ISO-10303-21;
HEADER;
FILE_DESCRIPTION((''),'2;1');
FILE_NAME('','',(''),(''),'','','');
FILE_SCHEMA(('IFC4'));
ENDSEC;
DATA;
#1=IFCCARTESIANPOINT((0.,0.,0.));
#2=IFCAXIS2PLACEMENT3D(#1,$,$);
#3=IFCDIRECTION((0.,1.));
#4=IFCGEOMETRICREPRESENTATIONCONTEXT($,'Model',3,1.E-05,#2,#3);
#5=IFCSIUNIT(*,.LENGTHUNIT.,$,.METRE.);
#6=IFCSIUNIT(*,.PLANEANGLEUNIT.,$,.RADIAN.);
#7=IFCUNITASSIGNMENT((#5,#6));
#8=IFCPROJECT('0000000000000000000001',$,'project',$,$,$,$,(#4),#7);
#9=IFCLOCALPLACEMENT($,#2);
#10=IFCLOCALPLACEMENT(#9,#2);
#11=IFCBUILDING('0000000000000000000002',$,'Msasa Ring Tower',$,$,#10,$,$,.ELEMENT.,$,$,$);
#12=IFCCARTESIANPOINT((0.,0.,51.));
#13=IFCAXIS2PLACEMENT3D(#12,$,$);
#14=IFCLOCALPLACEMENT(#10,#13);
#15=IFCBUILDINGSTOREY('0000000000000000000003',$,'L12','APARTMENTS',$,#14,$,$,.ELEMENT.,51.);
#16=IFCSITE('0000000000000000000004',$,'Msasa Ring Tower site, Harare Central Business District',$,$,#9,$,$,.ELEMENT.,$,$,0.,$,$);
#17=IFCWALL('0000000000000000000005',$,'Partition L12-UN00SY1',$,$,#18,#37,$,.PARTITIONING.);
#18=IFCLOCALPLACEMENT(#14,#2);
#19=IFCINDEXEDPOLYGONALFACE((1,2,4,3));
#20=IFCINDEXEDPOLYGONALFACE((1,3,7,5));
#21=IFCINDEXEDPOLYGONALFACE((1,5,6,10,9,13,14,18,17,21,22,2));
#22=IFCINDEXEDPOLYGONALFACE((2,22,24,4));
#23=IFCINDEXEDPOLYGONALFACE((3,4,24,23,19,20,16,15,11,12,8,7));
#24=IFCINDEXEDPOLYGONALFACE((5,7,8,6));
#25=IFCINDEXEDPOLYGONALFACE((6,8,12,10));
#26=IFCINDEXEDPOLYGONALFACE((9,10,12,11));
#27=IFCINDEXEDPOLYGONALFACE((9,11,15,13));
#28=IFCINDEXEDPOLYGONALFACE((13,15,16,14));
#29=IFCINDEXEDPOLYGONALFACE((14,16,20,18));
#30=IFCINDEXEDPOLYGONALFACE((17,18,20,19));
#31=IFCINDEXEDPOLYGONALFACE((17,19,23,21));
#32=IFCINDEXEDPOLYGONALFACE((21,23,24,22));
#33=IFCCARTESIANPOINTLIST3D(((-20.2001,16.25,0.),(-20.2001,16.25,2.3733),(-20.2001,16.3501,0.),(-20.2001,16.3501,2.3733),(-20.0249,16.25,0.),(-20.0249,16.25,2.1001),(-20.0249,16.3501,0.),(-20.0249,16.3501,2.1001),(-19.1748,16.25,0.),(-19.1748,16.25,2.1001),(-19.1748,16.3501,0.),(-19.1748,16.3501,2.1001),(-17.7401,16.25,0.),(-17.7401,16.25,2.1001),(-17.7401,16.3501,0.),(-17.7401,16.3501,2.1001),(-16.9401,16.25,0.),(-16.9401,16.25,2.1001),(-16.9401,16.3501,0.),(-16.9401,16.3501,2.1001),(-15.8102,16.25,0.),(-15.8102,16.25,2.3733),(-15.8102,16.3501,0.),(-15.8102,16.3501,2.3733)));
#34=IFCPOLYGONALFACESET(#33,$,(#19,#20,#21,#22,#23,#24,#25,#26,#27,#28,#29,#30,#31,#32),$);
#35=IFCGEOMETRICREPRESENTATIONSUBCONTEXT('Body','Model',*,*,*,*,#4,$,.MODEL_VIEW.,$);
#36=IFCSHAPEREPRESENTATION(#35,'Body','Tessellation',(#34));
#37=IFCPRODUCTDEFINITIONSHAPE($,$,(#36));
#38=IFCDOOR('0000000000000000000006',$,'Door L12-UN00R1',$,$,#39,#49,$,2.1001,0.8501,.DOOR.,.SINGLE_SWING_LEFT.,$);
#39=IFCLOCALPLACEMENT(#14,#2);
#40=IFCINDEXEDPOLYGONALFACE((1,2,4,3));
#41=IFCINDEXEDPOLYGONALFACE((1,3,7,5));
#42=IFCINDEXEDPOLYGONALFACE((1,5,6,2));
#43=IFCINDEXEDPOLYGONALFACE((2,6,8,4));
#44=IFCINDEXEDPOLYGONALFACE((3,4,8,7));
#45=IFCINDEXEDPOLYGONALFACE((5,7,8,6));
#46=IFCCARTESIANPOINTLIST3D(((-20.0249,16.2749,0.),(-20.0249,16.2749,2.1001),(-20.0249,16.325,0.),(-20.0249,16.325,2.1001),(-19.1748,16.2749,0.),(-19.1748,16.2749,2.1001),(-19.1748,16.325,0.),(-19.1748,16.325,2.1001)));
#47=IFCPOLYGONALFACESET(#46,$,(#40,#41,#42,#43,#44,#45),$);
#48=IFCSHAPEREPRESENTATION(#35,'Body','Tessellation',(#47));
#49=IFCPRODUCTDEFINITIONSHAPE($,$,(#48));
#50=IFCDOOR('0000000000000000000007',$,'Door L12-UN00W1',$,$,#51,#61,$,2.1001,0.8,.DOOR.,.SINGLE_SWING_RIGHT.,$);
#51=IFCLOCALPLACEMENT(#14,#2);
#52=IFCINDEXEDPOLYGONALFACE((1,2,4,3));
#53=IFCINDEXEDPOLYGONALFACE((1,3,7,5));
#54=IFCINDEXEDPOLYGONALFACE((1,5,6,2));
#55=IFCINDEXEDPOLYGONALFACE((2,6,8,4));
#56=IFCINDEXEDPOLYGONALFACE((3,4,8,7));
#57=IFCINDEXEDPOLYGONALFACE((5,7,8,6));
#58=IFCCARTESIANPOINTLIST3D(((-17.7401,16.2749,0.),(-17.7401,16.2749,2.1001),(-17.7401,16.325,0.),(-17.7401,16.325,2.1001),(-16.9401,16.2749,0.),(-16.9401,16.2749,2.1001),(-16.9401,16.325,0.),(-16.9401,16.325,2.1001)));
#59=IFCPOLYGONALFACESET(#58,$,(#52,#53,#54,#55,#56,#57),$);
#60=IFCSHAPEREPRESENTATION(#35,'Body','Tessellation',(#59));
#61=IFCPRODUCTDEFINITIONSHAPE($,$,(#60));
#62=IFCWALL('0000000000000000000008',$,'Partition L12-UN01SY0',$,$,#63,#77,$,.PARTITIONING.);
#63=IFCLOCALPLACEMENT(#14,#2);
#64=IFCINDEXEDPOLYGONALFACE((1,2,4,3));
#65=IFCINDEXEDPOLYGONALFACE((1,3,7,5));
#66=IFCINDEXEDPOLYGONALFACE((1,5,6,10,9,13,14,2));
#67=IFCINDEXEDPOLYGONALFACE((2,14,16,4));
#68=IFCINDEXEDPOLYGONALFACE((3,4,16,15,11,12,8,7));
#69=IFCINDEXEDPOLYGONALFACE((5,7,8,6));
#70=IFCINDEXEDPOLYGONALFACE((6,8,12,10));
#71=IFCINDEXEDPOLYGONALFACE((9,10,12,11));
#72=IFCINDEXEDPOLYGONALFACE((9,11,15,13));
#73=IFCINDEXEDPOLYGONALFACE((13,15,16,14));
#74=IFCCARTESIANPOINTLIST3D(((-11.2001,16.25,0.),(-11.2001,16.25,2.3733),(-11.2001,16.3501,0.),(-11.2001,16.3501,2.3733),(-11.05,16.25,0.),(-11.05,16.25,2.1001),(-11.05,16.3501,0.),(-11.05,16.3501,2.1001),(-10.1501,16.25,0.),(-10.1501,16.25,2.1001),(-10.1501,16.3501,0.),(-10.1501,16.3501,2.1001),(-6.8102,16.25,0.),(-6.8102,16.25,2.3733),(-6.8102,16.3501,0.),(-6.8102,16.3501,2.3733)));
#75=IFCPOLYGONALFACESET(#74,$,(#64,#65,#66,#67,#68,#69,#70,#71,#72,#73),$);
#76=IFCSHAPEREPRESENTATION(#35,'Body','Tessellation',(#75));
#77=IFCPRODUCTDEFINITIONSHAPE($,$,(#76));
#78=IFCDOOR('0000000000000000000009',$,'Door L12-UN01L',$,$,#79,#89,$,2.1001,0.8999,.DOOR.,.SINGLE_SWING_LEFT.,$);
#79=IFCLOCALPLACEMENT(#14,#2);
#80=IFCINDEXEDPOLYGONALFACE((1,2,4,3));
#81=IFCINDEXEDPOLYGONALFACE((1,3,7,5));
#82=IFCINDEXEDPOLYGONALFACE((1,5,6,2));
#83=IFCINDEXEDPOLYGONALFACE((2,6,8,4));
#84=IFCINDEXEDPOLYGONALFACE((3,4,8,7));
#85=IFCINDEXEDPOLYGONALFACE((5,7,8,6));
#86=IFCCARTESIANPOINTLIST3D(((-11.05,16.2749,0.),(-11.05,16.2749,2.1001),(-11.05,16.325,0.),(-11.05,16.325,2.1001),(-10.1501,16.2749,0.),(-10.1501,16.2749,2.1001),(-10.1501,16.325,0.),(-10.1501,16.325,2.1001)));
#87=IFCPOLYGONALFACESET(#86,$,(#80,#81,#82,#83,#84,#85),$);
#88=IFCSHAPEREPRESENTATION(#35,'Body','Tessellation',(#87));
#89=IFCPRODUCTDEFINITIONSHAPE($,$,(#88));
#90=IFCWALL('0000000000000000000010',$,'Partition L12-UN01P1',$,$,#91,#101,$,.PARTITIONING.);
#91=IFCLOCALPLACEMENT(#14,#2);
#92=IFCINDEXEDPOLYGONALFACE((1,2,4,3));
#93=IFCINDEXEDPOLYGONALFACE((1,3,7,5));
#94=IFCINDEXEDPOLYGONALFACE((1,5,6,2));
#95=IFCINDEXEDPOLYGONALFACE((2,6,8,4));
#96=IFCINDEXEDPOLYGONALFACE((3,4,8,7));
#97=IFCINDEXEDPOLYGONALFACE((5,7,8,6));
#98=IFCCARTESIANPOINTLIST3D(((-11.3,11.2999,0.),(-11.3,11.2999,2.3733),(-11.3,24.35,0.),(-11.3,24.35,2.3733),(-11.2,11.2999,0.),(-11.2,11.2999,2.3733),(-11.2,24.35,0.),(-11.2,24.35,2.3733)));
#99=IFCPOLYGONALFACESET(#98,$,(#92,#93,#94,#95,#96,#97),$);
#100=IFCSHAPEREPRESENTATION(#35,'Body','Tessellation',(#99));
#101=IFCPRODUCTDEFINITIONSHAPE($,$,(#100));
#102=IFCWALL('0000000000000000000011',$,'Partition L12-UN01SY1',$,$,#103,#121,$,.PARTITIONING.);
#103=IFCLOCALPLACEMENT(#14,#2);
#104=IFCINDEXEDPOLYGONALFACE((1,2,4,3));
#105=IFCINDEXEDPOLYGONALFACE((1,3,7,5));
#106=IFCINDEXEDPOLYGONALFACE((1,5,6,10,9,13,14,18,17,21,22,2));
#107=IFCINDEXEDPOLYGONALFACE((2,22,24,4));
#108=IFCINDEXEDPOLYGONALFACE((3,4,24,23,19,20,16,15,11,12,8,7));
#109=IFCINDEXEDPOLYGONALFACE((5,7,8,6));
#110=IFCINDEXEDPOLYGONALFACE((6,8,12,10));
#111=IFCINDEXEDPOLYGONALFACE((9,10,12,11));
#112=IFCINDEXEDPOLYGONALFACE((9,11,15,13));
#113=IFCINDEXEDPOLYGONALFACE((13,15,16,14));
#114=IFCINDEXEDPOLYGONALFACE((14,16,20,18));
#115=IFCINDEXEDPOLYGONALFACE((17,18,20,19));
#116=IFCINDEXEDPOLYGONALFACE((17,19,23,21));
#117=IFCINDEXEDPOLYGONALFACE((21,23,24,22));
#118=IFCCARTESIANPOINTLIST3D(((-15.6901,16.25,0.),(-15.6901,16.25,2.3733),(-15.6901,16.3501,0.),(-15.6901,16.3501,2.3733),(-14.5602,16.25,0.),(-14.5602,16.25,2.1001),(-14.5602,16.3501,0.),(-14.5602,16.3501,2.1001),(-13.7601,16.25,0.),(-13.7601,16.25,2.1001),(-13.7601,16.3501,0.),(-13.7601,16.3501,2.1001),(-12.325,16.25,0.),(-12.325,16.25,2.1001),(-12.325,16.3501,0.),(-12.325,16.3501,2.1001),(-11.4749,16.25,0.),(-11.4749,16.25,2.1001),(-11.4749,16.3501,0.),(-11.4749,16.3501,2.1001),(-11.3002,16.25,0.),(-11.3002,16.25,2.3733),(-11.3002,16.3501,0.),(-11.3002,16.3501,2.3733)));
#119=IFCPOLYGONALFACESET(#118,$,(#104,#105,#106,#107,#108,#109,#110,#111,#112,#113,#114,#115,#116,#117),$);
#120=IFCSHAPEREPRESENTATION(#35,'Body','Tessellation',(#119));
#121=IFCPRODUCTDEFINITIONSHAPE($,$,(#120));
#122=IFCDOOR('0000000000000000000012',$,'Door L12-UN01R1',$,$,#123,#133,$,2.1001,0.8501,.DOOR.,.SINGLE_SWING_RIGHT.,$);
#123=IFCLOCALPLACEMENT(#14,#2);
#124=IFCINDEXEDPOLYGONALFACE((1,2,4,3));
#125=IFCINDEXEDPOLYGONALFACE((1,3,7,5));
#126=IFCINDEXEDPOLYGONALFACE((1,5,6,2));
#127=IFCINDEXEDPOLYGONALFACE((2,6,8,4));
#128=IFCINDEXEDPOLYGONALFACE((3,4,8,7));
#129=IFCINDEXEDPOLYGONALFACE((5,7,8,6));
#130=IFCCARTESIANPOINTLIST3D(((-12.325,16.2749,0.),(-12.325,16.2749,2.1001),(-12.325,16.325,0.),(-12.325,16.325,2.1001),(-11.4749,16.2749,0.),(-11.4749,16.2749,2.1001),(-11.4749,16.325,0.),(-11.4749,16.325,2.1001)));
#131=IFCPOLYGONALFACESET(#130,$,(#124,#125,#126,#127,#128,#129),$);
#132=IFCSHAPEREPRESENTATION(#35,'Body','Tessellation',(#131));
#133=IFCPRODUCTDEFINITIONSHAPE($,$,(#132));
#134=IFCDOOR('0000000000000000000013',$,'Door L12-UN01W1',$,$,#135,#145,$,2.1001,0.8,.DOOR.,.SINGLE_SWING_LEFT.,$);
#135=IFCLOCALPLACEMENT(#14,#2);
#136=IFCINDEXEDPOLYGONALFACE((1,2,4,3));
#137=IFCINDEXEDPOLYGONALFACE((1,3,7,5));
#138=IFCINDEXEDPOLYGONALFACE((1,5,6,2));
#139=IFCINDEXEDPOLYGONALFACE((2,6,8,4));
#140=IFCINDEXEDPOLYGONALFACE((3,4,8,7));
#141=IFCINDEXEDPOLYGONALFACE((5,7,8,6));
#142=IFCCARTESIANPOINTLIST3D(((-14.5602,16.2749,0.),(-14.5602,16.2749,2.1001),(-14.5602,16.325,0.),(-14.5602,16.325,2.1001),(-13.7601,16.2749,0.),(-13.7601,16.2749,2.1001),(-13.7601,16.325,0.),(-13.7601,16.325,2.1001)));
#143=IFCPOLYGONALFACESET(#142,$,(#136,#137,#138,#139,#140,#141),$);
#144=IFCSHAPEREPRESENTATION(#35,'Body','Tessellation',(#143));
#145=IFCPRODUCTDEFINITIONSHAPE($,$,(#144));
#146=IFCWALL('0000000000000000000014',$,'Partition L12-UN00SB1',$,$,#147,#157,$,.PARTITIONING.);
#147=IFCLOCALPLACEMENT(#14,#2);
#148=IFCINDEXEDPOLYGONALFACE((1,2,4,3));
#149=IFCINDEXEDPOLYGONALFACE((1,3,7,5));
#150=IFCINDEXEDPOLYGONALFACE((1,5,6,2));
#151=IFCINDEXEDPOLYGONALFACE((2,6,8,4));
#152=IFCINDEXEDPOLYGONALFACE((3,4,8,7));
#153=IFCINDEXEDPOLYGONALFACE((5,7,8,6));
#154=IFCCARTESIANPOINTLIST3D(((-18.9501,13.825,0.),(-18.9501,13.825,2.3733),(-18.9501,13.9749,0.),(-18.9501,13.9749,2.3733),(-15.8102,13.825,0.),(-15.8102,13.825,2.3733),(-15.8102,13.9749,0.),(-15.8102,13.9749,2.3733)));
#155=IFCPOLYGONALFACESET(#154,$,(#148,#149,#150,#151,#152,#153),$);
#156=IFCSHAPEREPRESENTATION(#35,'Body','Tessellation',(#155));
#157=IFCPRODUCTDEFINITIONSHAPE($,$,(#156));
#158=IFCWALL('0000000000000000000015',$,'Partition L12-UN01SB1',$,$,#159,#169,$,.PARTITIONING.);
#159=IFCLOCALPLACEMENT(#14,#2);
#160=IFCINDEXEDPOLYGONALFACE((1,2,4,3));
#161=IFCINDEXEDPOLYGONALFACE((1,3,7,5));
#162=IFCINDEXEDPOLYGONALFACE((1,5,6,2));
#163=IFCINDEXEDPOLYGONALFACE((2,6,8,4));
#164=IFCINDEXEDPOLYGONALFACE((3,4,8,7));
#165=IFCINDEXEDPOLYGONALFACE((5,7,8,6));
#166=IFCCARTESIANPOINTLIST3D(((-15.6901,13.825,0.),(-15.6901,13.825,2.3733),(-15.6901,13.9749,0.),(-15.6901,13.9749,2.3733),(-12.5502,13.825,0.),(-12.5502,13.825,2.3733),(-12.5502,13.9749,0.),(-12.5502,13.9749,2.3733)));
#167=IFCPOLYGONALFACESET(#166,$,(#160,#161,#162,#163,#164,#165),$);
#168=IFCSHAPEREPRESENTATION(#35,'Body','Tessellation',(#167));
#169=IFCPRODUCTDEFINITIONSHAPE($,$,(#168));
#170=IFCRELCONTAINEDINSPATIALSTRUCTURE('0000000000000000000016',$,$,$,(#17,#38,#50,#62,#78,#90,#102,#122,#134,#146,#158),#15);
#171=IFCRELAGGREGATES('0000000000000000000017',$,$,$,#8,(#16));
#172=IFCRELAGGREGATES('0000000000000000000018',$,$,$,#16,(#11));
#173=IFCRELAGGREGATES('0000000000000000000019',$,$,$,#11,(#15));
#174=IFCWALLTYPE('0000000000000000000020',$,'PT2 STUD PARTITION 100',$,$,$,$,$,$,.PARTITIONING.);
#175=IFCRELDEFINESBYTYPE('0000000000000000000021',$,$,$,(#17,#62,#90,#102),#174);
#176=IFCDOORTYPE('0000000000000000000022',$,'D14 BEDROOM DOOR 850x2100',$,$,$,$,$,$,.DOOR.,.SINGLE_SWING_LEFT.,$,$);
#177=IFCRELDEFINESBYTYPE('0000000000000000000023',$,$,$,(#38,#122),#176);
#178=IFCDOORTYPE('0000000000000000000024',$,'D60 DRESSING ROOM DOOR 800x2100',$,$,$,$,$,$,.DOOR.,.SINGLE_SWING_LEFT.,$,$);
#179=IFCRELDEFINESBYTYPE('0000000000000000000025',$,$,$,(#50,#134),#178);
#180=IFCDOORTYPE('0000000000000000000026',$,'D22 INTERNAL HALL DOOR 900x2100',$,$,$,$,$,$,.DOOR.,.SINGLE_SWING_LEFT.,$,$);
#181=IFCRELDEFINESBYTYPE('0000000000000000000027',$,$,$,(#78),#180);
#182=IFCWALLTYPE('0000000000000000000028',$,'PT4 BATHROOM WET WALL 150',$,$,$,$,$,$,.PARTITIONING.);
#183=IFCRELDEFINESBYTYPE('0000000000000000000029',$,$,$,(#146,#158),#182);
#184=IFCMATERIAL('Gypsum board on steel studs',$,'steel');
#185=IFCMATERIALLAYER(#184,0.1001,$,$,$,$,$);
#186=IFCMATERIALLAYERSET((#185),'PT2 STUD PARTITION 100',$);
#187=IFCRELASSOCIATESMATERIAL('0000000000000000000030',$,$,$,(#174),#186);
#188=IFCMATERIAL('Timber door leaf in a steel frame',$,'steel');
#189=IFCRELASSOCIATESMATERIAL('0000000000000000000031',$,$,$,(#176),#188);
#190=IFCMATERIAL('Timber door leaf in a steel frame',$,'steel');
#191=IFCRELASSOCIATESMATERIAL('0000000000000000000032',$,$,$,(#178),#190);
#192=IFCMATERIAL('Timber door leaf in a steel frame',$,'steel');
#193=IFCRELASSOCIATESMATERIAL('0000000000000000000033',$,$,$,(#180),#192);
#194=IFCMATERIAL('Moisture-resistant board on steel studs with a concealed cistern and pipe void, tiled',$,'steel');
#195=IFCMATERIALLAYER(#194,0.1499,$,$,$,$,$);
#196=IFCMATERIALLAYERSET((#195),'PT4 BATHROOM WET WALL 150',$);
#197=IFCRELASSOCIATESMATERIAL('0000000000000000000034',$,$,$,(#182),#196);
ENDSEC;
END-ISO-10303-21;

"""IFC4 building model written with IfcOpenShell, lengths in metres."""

from ifc_helpers import new_model, si_unit, direction, frame, frame_2d, origin, place, context, subcontext, project, spatial, rectangle, extrude, material, layer, layer_set, type_object, element, fill, save


model = new_model("IFC4")

# Units and contexts
model_context = context("Model", 3, precision=1e-05, world=origin(), true_north=direction((0.0, 1.0)))
body_context = subcontext(model_context, "Body", "Model", "MODEL_VIEW")
ifc_project = project(units=[si_unit("LENGTHUNIT", "METRE"), si_unit("PLANEANGLEUNIT", "RADIAN")], contexts=[model_context])

# Site, building, storey
site_placement = place(None, origin())
site = spatial("IfcSite", under=ifc_project, at=site_placement, Name="Msasa Ring Tower site, Harare Central Business District", CompositionType="ELEMENT", RefElevation=0.0)
building_placement = place(site_placement, origin())
building = spatial("IfcBuilding", under=site, at=building_placement, Name="Msasa Ring Tower", CompositionType="ELEMENT")
storey_placement = place(building_placement, frame((0.0, 0.0, 51.0)))
storey = spatial("IfcBuildingStorey", under=building, at=storey_placement, Name="L12", Description="APARTMENTS", CompositionType="ELEMENT", Elevation=51.0)

# Wall, openings, doors
ifc_material_1 = material(Name="Gypsum board on steel studs", Category="steel")
ifc_layer_1 = layer(ifc_material_1, 0.1001)
ifc_layer_set_1 = layer_set([ifc_layer_1], Name="PT2 STUD PARTITION 100")
wall_type_1 = type_object("IfcWallType", Name="PT2 STUD PARTITION 100", PredefinedType="PARTITIONING", material=ifc_layer_set_1)
wall_1_placement = place(storey_placement, frame((-20.2, 16.3, 0.0), z_axis=(0.0, 0.0, 1.0), x_axis=(1.0, 0.0, 0.0)))
wall_1 = element("IfcWall", 1, at=wall_1_placement, inside=storey, type_object=wall_type_1, Name="Partition L12-UN00SY1", PredefinedType="PARTITIONING", context=body_context, shape_type="SweptSolid", body=[
    extrude(rectangle(XDim=4.3899, YDim=0.1001, at=frame_2d((2.1948, 0.0))), origin(), (0.0, 0.0, 1.0), 2.3733),
])
opening_1_placement = place(wall_1_placement, frame((0.175, 0.0, 0.0)))
opening_1 = element("IfcOpeningElement", 2, at=opening_1_placement, cuts=wall_1, PredefinedType="OPENING", context=body_context, shape_type="SweptSolid", body=[
    extrude(rectangle(XDim=0.8501, YDim=2.1001, at=frame_2d((0.425, 1.05))), frame((0.0, 0.0601, 0.0), z_axis=(0.0, -1.0, 0.0), x_axis=(1.0, 0.0, 0.0)), (0.0, 0.0, 1.0), 0.1201),
])
opening_2_placement = place(wall_1_placement, frame((2.46, 0.0, 0.0)))
opening_2 = element("IfcOpeningElement", 3, at=opening_2_placement, cuts=wall_1, PredefinedType="OPENING", context=body_context, shape_type="SweptSolid", body=[
    extrude(rectangle(XDim=0.8, YDim=2.1001, at=frame_2d((0.3999, 1.05))), frame((0.0, 0.0601, 0.0), z_axis=(0.0, -1.0, 0.0), x_axis=(1.0, 0.0, 0.0)), (0.0, 0.0, 1.0), 0.1201),
])
ifc_material_2 = material(Name="Timber door leaf in a steel frame", Category="steel")
door_type_1 = type_object("IfcDoorType", Name="D14 BEDROOM DOOR 850x2100", OperationType="SINGLE_SWING_LEFT", PredefinedType="DOOR", material=ifc_material_2)
door_1_placement = place(opening_1_placement, origin())
door_1 = element("IfcDoor", 4, at=door_1_placement, inside=storey, type_object=door_type_1, Name="Door L12-UN00R1", OperationType="SINGLE_SWING_LEFT", OverallHeight=2.1001, OverallWidth=0.8501, PredefinedType="DOOR", context=body_context, shape_type="SweptSolid", body=[
    extrude(rectangle(XDim=0.8501, YDim=2.1001, at=frame_2d((0.425, 1.05))), frame((0.0, 0.0249, 0.0), z_axis=(0.0, -1.0, 0.0), x_axis=(1.0, 0.0, 0.0)), (0.0, 0.0, 1.0), 0.05),
])
fill(opening_1, door_1)
ifc_material_3 = material(Name="Timber door leaf in a steel frame", Category="steel")
door_type_2 = type_object("IfcDoorType", Name="D60 DRESSING ROOM DOOR 800x2100", OperationType="SINGLE_SWING_LEFT", PredefinedType="DOOR", material=ifc_material_3)
door_2_placement = place(opening_2_placement, origin())
door_2 = element("IfcDoor", 5, at=door_2_placement, inside=storey, type_object=door_type_2, Name="Door L12-UN00W1", OperationType="SINGLE_SWING_RIGHT", OverallHeight=2.1001, OverallWidth=0.8, PredefinedType="DOOR", context=body_context, shape_type="SweptSolid", body=[
    extrude(rectangle(XDim=0.8, YDim=2.1001, at=frame_2d((0.3999, 1.05))), frame((0.0, 0.0249, 0.0), z_axis=(0.0, -1.0, 0.0), x_axis=(1.0, 0.0, 0.0)), (0.0, 0.0, 1.0), 0.05),
])
fill(opening_2, door_2)

# Wall, opening, door
wall_2_placement = place(storey_placement, frame((-11.2, 16.3, 0.0), z_axis=(0.0, 0.0, 1.0), x_axis=(1.0, 0.0, 0.0)))
wall_2 = element("IfcWall", 6, at=wall_2_placement, inside=storey, type_object=wall_type_1, Name="Partition L12-UN01SY0", PredefinedType="PARTITIONING", context=body_context, shape_type="SweptSolid", body=[
    extrude(rectangle(XDim=4.3899, YDim=0.1001, at=frame_2d((2.1948, 0.0))), origin(), (0.0, 0.0, 1.0), 2.3733),
])
opening_3_placement = place(wall_2_placement, frame((0.1499, 0.0, 0.0)))
opening_3 = element("IfcOpeningElement", 7, at=opening_3_placement, cuts=wall_2, PredefinedType="OPENING", context=body_context, shape_type="SweptSolid", body=[
    extrude(rectangle(XDim=0.8999, YDim=2.1001, at=frame_2d((0.45, 1.05))), frame((0.0, 0.0601, 0.0), z_axis=(0.0, -1.0, 0.0), x_axis=(1.0, 0.0, 0.0)), (0.0, 0.0, 1.0), 0.1201),
])
ifc_material_4 = material(Name="Timber door leaf in a steel frame", Category="steel")
door_type_3 = type_object("IfcDoorType", Name="D22 INTERNAL HALL DOOR 900x2100", OperationType="SINGLE_SWING_LEFT", PredefinedType="DOOR", material=ifc_material_4)
door_3_placement = place(opening_3_placement, origin())
door_3 = element("IfcDoor", 8, at=door_3_placement, inside=storey, type_object=door_type_3, Name="Door L12-UN01L", OperationType="SINGLE_SWING_LEFT", OverallHeight=2.1001, OverallWidth=0.8999, PredefinedType="DOOR", context=body_context, shape_type="SweptSolid", body=[
    extrude(rectangle(XDim=0.8999, YDim=2.1001, at=frame_2d((0.45, 1.05))), frame((0.0, 0.0249, 0.0), z_axis=(0.0, -1.0, 0.0), x_axis=(1.0, 0.0, 0.0)), (0.0, 0.0, 1.0), 0.05),
])
fill(opening_3, door_3)

# Wall
wall_3_placement = place(storey_placement, frame((-11.25, 11.3, 0.0), z_axis=(0.0, 0.0, 1.0), x_axis=(0.0, 1.0, 0.0)))
element("IfcWall", 9, at=wall_3_placement, inside=storey, type_object=wall_type_1, Name="Partition L12-UN01P1", PredefinedType="PARTITIONING", context=body_context, shape_type="SweptSolid", body=[
    extrude(rectangle(XDim=13.05, YDim=0.1001, at=frame_2d((6.5249, 0.0))), origin(), (0.0, 0.0, 1.0), 2.3733),
])

# Wall, openings, doors
wall_4_placement = place(storey_placement, frame((-15.6899, 16.3, 0.0), z_axis=(0.0, 0.0, 1.0), x_axis=(1.0, 0.0, 0.0)))
wall_4 = element("IfcWall", 10, at=wall_4_placement, inside=storey, type_object=wall_type_1, Name="Partition L12-UN01SY1", PredefinedType="PARTITIONING", context=body_context, shape_type="SweptSolid", body=[
    extrude(rectangle(XDim=4.3899, YDim=0.1001, at=frame_2d((2.1948, 0.0))), origin(), (0.0, 0.0, 1.0), 2.3733),
])
opening_4_placement = place(wall_4_placement, frame((3.365, 0.0, 0.0)))
opening_4 = element("IfcOpeningElement", 11, at=opening_4_placement, cuts=wall_4, PredefinedType="OPENING", context=body_context, shape_type="SweptSolid", body=[
    extrude(rectangle(XDim=0.8501, YDim=2.1001, at=frame_2d((0.425, 1.05))), frame((0.0, 0.0601, 0.0), z_axis=(0.0, -1.0, 0.0), x_axis=(1.0, 0.0, 0.0)), (0.0, 0.0, 1.0), 0.1201),
])
opening_5_placement = place(wall_4_placement, frame((1.1299, 0.0, 0.0)))
opening_5 = element("IfcOpeningElement", 12, at=opening_5_placement, cuts=wall_4, PredefinedType="OPENING", context=body_context, shape_type="SweptSolid", body=[
    extrude(rectangle(XDim=0.8, YDim=2.1001, at=frame_2d((0.3999, 1.05))), frame((0.0, 0.0601, 0.0), z_axis=(0.0, -1.0, 0.0), x_axis=(1.0, 0.0, 0.0)), (0.0, 0.0, 1.0), 0.1201),
])
door_4_placement = place(opening_4_placement, origin())
door_4 = element("IfcDoor", 13, at=door_4_placement, inside=storey, type_object=door_type_1, Name="Door L12-UN01R1", OperationType="SINGLE_SWING_RIGHT", OverallHeight=2.1001, OverallWidth=0.8501, PredefinedType="DOOR", context=body_context, shape_type="SweptSolid", body=[
    extrude(rectangle(XDim=0.8501, YDim=2.1001, at=frame_2d((0.425, 1.05))), frame((0.0, 0.0249, 0.0), z_axis=(0.0, -1.0, 0.0), x_axis=(1.0, 0.0, 0.0)), (0.0, 0.0, 1.0), 0.05),
])
fill(opening_4, door_4)
door_5_placement = place(opening_5_placement, origin())
door_5 = element("IfcDoor", 14, at=door_5_placement, inside=storey, type_object=door_type_2, Name="Door L12-UN01W1", OperationType="SINGLE_SWING_LEFT", OverallHeight=2.1001, OverallWidth=0.8, PredefinedType="DOOR", context=body_context, shape_type="SweptSolid", body=[
    extrude(rectangle(XDim=0.8, YDim=2.1001, at=frame_2d((0.3999, 1.05))), frame((0.0, 0.0249, 0.0), z_axis=(0.0, -1.0, 0.0), x_axis=(1.0, 0.0, 0.0)), (0.0, 0.0, 1.0), 0.05),
])
fill(opening_5, door_5)

# Walls
ifc_material_5 = material(Name="Moisture-resistant board on steel studs with a concealed cistern and pipe void, tiled", Category="steel")
ifc_layer_2 = layer(ifc_material_5, 0.1499)
ifc_layer_set_2 = layer_set([ifc_layer_2], Name="PT4 BATHROOM WET WALL 150")
wall_type_2 = type_object("IfcWallType", Name="PT4 BATHROOM WET WALL 150", PredefinedType="PARTITIONING", material=ifc_layer_set_2)
for number, where, z_axis, x_axis, name in (
    (15, (-18.95, 13.8999, 0.0), (0.0, 0.0, 1.0), (1.0, 0.0, 0.0), "Partition L12-UN00SB1"),
    (16, (-15.6899, 13.8999, 0.0), (0.0, 0.0, 1.0), (1.0, 0.0, 0.0), "Partition L12-UN01SB1"),
):
    element("IfcWall", number, at=place(storey_placement, frame(where, z_axis=z_axis, x_axis=x_axis)), inside=storey, type_object=wall_type_2, Name=name, PredefinedType="PARTITIONING", context=body_context, shape_type="SweptSolid", body=[
        extrude(rectangle(XDim=3.1399, YDim=0.1499, at=frame_2d((1.5698, 0.0))), origin(), (0.0, 0.0, 1.0), 2.3733),
    ])

save(model, "model.ifc")
